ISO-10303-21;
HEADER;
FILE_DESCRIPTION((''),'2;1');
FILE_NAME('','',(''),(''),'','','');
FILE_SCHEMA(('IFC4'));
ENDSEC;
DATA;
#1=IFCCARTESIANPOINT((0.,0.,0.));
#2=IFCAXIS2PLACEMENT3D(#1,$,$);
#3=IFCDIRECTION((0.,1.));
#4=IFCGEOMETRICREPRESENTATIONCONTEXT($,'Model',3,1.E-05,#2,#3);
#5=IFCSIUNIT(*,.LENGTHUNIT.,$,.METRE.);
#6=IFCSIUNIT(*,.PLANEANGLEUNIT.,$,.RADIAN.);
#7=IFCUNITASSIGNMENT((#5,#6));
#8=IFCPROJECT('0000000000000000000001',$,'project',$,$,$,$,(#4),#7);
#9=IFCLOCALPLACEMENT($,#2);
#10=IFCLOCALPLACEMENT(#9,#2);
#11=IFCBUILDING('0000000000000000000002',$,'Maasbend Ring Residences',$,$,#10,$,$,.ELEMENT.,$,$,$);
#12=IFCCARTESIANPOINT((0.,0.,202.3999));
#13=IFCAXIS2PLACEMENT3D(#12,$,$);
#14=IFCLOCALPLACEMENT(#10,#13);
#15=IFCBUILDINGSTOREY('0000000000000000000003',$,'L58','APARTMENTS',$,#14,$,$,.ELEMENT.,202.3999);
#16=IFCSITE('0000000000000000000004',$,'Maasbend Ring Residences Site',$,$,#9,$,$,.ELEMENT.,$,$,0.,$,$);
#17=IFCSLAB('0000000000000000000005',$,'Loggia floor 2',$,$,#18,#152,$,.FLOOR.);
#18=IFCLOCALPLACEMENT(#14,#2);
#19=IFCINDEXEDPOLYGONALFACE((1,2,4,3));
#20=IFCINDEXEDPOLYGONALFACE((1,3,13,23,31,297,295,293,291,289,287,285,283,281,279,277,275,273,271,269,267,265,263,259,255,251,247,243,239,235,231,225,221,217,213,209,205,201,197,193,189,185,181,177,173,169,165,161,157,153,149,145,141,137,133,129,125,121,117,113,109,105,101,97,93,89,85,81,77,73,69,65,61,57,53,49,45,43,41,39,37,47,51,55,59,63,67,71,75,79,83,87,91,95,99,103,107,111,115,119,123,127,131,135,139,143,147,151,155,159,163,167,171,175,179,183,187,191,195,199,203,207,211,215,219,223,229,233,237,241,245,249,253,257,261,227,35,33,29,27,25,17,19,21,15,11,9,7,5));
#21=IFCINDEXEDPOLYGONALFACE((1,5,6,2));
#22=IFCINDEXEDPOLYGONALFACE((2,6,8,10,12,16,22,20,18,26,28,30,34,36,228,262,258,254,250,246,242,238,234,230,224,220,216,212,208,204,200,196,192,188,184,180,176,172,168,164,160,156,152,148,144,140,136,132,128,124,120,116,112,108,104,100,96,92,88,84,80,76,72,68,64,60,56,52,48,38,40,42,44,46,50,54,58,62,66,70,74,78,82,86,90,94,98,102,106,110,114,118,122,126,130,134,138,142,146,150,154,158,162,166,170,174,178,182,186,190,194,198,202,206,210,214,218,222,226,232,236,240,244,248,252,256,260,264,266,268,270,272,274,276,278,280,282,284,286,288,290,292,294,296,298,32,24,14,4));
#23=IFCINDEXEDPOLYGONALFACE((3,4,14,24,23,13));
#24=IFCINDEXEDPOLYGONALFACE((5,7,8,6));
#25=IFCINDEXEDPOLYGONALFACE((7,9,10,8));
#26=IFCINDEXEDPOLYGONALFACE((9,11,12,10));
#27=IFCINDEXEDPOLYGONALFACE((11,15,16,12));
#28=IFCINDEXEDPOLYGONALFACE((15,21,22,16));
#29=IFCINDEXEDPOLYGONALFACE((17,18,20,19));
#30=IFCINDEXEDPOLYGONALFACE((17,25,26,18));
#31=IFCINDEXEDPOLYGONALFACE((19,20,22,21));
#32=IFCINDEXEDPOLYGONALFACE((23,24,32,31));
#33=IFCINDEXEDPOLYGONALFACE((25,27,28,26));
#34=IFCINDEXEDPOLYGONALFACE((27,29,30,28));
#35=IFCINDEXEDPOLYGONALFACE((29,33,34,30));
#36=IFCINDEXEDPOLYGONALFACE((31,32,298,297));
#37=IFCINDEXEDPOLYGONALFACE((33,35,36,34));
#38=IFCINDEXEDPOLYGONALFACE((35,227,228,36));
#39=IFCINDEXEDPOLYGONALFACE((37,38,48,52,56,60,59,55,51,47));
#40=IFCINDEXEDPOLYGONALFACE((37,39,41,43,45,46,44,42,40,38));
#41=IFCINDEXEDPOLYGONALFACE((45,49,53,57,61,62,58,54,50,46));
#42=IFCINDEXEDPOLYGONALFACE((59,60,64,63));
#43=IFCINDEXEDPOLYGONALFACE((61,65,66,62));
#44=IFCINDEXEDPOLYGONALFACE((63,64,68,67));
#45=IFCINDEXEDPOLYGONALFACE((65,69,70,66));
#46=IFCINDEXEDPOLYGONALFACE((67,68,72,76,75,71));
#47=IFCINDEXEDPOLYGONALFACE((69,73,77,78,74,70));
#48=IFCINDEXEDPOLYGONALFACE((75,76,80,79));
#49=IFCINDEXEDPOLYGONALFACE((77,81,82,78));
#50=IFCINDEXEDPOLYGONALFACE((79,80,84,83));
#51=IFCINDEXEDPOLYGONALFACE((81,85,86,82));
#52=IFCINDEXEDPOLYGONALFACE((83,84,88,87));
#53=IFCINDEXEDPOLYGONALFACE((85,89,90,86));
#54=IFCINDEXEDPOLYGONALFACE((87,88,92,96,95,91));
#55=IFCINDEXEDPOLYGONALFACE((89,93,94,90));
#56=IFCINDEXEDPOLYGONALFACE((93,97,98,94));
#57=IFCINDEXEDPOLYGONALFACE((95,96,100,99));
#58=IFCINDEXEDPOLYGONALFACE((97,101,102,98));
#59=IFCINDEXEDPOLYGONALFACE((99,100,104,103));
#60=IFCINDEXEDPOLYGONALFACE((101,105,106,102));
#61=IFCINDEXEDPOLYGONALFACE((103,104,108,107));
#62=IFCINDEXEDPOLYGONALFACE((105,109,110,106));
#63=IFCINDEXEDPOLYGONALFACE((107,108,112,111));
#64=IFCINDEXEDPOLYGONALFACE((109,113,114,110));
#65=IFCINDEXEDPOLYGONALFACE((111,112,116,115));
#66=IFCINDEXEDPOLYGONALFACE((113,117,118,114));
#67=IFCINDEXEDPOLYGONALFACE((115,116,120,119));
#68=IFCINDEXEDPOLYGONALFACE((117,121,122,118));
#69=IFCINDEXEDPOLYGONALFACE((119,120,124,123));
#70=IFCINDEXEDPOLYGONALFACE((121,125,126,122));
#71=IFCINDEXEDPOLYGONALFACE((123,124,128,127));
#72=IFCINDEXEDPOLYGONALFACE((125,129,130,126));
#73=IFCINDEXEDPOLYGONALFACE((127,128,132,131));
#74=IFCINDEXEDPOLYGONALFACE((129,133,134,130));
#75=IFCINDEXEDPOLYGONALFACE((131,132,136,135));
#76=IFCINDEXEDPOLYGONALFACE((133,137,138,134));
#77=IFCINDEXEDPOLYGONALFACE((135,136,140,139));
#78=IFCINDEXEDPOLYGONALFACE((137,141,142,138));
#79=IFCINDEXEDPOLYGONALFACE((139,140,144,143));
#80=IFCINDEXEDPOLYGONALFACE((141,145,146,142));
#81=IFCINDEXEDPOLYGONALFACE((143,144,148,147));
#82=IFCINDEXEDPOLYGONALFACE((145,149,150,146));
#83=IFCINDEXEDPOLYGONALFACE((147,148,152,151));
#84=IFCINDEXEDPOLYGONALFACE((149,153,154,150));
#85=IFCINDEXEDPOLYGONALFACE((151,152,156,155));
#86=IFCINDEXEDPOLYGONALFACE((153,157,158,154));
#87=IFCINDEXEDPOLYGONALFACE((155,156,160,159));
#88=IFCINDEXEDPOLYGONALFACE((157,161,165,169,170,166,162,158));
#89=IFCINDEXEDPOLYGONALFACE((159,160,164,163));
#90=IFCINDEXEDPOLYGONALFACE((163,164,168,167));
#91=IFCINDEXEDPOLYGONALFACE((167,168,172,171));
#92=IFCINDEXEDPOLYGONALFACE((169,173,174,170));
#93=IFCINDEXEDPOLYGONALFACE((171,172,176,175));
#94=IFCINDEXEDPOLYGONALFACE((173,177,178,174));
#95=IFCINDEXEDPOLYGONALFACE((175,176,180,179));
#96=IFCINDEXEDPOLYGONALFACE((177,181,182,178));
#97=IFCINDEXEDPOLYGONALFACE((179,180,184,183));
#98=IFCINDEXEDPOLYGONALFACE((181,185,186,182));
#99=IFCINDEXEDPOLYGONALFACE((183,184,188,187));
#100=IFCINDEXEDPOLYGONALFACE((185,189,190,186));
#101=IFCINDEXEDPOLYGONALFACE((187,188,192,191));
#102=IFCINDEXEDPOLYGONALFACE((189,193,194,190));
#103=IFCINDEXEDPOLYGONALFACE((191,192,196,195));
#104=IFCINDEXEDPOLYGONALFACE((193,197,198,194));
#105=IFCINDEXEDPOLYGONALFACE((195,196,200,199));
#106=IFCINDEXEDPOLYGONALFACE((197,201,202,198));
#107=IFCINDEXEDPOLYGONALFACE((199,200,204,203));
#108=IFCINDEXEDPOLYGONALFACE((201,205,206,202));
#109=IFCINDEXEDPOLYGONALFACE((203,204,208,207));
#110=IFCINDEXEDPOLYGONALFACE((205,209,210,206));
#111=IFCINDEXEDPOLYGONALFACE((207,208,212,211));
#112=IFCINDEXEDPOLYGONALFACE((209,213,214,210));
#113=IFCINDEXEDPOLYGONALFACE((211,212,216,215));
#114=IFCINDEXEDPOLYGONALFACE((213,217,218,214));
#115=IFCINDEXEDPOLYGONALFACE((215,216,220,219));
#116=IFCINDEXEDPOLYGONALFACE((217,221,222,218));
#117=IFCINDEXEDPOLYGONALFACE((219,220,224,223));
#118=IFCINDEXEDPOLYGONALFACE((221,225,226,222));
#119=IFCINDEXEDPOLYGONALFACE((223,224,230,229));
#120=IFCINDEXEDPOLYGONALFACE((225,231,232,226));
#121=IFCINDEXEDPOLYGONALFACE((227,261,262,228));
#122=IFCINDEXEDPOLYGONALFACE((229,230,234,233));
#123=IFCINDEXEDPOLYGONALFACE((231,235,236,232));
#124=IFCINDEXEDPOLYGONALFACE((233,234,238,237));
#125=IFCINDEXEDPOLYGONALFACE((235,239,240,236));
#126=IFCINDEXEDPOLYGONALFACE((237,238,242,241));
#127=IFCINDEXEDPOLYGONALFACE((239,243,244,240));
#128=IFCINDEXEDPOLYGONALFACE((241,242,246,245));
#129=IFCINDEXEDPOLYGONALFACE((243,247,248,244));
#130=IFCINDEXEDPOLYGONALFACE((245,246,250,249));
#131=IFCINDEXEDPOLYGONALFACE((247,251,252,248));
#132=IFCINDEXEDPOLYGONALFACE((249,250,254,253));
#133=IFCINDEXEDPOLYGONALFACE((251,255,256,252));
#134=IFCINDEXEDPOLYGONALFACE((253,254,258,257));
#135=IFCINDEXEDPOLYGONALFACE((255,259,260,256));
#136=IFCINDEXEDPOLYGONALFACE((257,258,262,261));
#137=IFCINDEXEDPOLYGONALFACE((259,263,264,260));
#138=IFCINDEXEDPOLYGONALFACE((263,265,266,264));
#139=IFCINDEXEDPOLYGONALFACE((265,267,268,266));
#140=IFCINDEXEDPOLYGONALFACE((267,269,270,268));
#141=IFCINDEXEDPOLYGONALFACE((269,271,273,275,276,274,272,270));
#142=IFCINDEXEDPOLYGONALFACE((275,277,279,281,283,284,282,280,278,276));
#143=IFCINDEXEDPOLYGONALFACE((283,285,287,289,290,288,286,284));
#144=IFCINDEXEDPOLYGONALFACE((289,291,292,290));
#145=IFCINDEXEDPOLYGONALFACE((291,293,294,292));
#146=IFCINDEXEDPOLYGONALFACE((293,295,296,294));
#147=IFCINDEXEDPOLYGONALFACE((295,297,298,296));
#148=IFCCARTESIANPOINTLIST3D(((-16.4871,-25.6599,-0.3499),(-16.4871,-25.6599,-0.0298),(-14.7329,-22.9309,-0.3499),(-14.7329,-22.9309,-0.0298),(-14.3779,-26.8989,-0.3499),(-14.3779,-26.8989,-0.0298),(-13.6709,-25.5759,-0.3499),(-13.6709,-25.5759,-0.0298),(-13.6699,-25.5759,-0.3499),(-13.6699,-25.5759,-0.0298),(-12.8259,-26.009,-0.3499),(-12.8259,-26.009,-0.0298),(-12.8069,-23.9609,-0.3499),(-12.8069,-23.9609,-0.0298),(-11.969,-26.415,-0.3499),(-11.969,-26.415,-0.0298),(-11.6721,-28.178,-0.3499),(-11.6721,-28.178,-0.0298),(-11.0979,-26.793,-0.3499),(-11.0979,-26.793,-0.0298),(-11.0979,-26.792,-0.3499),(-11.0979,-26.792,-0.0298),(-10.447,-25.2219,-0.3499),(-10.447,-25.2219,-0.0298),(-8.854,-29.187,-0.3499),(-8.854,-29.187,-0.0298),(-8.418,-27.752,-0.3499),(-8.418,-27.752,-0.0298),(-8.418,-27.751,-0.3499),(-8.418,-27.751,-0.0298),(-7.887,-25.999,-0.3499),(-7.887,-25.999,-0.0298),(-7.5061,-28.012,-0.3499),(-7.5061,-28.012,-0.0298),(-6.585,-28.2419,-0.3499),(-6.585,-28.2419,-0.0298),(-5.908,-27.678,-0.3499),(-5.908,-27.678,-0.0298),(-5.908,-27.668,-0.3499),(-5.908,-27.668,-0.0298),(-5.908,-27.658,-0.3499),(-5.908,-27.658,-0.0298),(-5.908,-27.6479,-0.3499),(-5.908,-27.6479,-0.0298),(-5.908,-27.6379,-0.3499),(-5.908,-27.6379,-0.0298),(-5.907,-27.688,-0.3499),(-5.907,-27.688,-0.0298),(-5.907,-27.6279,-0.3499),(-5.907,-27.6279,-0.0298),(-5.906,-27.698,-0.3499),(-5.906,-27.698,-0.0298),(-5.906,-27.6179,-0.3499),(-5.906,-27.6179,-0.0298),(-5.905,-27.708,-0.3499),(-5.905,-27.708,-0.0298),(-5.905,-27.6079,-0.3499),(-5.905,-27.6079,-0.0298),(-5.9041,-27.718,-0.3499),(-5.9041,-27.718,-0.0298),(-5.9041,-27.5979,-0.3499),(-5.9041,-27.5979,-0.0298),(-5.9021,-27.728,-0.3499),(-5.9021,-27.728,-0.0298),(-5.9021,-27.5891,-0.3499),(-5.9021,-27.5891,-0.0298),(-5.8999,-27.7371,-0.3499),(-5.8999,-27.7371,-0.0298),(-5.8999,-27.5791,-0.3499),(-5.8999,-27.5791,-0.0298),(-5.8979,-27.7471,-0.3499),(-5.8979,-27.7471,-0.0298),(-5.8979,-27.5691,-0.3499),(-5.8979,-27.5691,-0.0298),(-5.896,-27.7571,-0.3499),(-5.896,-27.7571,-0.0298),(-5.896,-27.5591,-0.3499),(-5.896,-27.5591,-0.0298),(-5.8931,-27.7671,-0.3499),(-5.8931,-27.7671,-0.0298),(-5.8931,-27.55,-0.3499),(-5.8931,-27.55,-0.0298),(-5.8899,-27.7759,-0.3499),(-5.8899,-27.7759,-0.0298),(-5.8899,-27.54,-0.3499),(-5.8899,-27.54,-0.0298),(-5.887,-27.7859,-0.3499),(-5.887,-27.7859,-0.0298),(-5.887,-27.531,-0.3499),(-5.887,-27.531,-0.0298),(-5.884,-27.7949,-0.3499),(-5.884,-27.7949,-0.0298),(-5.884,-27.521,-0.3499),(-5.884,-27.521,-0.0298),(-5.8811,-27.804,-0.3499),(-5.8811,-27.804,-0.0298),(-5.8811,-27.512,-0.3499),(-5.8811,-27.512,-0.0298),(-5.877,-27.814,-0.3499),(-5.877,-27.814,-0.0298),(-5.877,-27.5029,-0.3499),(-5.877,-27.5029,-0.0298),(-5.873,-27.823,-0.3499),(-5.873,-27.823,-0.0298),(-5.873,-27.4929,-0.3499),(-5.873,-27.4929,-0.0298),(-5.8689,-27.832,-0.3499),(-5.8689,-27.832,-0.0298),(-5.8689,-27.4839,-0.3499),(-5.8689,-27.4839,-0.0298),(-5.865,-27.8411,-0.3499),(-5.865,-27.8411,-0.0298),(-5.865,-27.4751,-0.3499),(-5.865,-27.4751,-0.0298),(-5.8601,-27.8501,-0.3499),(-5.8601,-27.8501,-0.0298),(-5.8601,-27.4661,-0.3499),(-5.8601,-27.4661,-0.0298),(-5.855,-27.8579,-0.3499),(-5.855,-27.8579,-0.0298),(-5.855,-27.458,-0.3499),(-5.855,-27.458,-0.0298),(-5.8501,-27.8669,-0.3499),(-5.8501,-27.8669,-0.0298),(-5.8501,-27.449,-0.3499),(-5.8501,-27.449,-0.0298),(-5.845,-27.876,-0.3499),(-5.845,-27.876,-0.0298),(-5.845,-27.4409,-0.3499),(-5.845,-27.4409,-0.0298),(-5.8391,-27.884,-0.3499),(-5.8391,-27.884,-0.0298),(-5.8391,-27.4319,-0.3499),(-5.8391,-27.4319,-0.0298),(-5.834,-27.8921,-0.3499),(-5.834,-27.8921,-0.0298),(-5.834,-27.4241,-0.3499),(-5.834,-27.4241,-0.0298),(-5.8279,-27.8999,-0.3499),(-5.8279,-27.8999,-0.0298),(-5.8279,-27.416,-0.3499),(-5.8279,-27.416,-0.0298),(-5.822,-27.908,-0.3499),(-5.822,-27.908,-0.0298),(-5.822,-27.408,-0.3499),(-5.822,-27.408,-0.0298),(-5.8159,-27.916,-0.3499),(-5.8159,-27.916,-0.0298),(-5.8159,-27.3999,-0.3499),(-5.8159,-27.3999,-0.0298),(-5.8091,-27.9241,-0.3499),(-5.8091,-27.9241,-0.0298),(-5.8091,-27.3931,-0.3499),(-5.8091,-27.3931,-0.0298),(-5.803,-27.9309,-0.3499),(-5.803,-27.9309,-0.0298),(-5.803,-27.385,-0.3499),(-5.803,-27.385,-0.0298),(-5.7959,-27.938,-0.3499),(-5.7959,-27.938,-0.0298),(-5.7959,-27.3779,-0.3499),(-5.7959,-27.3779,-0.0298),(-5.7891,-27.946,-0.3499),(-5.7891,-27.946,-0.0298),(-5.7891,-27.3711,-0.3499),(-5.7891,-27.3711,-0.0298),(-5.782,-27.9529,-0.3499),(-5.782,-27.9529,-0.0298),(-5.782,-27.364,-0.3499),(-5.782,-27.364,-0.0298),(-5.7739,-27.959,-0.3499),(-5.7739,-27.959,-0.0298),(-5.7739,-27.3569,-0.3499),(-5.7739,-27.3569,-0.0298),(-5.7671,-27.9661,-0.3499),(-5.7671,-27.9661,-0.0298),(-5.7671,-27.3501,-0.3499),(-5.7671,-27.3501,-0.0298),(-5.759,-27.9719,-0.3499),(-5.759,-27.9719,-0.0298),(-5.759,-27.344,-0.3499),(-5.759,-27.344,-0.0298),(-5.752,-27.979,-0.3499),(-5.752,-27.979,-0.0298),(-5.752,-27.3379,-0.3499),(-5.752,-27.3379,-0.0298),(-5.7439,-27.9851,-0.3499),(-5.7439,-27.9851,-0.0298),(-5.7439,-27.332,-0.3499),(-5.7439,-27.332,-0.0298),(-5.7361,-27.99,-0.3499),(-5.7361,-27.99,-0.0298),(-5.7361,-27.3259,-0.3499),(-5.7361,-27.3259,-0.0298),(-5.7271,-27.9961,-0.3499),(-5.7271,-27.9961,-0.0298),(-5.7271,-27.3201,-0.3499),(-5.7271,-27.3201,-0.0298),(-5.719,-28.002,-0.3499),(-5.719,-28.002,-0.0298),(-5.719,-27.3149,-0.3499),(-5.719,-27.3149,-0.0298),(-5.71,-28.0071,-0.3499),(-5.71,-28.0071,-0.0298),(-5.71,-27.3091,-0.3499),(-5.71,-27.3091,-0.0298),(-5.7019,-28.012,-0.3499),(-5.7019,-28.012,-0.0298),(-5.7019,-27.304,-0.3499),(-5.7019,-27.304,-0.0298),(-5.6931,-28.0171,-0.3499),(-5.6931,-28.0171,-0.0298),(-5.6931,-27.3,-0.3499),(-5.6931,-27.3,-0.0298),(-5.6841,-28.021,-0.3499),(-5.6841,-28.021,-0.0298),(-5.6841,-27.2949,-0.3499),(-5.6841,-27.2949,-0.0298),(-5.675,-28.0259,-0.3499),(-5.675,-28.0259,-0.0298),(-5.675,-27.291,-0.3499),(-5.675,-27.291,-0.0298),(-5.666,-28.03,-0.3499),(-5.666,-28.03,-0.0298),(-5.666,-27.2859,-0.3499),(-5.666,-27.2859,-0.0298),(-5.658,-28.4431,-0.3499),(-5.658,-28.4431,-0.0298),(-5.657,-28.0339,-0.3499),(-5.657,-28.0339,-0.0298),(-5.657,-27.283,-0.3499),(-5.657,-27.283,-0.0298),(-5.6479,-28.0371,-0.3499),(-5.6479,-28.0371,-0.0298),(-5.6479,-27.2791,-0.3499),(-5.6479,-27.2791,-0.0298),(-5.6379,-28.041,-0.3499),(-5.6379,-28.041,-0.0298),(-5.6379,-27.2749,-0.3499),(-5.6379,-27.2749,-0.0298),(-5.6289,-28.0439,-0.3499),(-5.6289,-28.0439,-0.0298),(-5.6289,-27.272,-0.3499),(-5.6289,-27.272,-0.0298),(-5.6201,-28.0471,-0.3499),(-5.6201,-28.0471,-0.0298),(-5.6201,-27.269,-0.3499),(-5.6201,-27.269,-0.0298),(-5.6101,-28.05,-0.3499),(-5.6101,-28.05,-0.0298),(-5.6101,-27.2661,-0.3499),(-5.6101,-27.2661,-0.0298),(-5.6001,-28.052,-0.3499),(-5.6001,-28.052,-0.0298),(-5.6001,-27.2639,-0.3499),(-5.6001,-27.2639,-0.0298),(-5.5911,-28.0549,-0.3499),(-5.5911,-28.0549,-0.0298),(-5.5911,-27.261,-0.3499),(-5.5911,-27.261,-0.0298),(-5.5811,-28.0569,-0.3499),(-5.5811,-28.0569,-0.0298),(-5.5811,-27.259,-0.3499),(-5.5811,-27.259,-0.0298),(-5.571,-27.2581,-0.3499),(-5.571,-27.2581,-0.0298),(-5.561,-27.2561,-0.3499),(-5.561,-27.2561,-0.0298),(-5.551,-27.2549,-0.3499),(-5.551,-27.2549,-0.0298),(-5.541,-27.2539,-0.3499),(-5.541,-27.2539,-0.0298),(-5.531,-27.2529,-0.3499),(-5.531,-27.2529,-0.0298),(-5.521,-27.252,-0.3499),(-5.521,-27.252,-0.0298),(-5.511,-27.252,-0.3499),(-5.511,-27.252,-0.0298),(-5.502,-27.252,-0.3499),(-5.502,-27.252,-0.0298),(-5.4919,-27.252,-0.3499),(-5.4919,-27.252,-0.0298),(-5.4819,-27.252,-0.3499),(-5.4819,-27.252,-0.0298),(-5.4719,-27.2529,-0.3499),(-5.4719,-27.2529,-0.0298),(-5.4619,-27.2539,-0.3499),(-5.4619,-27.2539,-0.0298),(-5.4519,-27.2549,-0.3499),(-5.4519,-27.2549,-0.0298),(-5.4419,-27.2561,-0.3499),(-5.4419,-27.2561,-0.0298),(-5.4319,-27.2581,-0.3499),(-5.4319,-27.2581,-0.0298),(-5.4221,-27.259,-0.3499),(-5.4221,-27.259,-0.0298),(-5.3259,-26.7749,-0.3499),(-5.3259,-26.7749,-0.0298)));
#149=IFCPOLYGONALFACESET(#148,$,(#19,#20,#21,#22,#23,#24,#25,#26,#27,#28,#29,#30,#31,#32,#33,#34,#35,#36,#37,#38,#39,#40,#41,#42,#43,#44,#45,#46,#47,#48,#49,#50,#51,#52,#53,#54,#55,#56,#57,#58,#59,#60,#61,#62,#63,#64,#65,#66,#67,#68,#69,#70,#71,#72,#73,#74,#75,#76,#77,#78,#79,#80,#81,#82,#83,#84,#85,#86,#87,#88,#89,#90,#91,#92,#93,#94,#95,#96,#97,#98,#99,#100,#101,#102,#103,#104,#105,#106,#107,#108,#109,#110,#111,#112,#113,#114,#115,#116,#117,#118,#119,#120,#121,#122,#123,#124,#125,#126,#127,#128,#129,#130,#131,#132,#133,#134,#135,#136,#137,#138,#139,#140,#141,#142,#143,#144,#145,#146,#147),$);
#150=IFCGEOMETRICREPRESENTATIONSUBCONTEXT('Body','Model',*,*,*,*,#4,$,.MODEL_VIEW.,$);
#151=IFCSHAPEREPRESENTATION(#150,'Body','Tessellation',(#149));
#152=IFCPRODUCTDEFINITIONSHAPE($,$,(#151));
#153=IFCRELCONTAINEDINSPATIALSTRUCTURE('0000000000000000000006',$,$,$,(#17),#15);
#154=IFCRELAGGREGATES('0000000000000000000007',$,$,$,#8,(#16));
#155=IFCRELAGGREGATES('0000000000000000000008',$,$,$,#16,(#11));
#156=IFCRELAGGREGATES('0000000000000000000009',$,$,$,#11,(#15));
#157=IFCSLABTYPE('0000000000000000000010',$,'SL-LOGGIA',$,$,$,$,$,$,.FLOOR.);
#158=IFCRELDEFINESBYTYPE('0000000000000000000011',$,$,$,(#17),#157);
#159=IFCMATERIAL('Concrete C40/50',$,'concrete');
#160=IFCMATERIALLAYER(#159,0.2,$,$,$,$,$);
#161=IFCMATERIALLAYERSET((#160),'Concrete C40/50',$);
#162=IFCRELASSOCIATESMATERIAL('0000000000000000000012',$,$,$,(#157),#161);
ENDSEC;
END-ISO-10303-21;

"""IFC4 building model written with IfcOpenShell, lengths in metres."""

from ifc_helpers import new_model, si_unit, direction, frame, origin, place, context, subcontext, project, spatial, polyline, outline, extrude, material, layer, layer_set, type_object, element, save


model = new_model("IFC4")

# Units and contexts
model_context = context("Model", 3, precision=1e-05, world=origin(), true_north=direction((0.0, 1.0)))
body_context = subcontext(model_context, "Body", "Model", "MODEL_VIEW")
ifc_project = project(units=[si_unit("LENGTHUNIT", "METRE"), si_unit("PLANEANGLEUNIT", "RADIAN")], contexts=[model_context])

# Site, building, storey
site_placement = place(None, origin())
site = spatial("IfcSite", under=ifc_project, at=site_placement, Name="Maasbend Ring Residences Site", CompositionType="ELEMENT", RefElevation=0.0)
building_placement = place(site_placement, origin())
building = spatial("IfcBuilding", under=site, at=building_placement, Name="Maasbend Ring Residences", CompositionType="ELEMENT")
storey_placement = place(building_placement, frame((0.0, 0.0, 202.3999)))
storey = spatial("IfcBuildingStorey", under=building, at=storey_placement, Name="L58", Description="APARTMENTS", CompositionType="ELEMENT", Elevation=202.3999)

# Slab
ifc_material_1 = material(Name="Concrete C40/50", Category="concrete")
ifc_layer_1 = layer(ifc_material_1, 0.2)
ifc_layer_set_1 = layer_set([ifc_layer_1], Name="Concrete C40/50")
slab_type_1 = type_object("IfcSlabType", Name="SL-LOGGIA", PredefinedType="FLOOR", material=ifc_layer_set_1)
slab_1_placement = place(storey_placement, frame((0.0, 0.0, -0.3499)))
element("IfcSlab", 1, at=slab_1_placement, inside=storey, type_object=slab_type_1, Name="Loggia floor 2", PredefinedType="FLOOR", context=body_context, shape_type="SweptSolid", body=[
    extrude(outline(polyline([(-12.8069, -23.9609), (-10.447, -25.2219), (-10.447, -25.2219), (-10.447, -25.2219), (-7.887, -25.999), (-5.3259, -26.7749), (-5.3259, -26.7749), (-5.3259, -26.7749), (-5.4221, -27.259), (-5.4319, -27.2581), (-5.4419, -27.2561), (-5.4519, -27.2549), (-5.4619, -27.2539), (-5.4719, -27.2529), (-5.4819, -27.252), (-5.4919, -27.252), (-5.502, -27.252), (-5.511, -27.252), (-5.521, -27.252), (-5.531, -27.2529), (-5.541, -27.2539), (-5.551, -27.2549), (-5.561, -27.2561), (-5.571, -27.2581), (-5.5811, -27.259), (-5.5911, -27.261), (-5.6001, -27.2639), (-5.6101, -27.2661), (-5.6201, -27.269), (-5.6289, -27.272), (-5.6379, -27.2749), (-5.6479, -27.2791), (-5.657, -27.283), (-5.666, -27.2859), (-5.675, -27.291), (-5.6841, -27.2949), (-5.6931, -27.3), (-5.7019, -27.304), (-5.71, -27.3091), (-5.719, -27.3149), (-5.7271, -27.3201), (-5.7361, -27.3259), (-5.7439, -27.332), (-5.752, -27.3379), (-5.759, -27.344), (-5.7671, -27.3501), (-5.7739, -27.3569), (-5.782, -27.364), (-5.7891, -27.3711), (-5.7959, -27.3779), (-5.803, -27.385), (-5.8091, -27.3931), (-5.8159, -27.3999), (-5.822, -27.408), (-5.8279, -27.416), (-5.834, -27.4241), (-5.8391, -27.4319), (-5.845, -27.4409), (-5.8501, -27.449), (-5.855, -27.458), (-5.8601, -27.4661), (-5.865, -27.4751), (-5.8689, -27.4839), (-5.873, -27.4929), (-5.877, -27.5029), (-5.8811, -27.512), (-5.884, -27.521), (-5.887, -27.531), (-5.8899, -27.54), (-5.8931, -27.55), (-5.896, -27.5591), (-5.8979, -27.5691), (-5.8999, -27.5791), (-5.9021, -27.5891), (-5.9041, -27.5979), (-5.905, -27.6079), (-5.906, -27.6179), (-5.907, -27.6279), (-5.908, -27.6379), (-5.908, -27.6479), (-5.908, -27.658), (-5.908, -27.668), (-5.908, -27.678), (-5.907, -27.688), (-5.906, -27.698), (-5.905, -27.708), (-5.9041, -27.718), (-5.9021, -27.728), (-5.8999, -27.7371), (-5.8979, -27.7471), (-5.896, -27.7571), (-5.8931, -27.7671), (-5.8899, -27.7759), (-5.887, -27.7859), (-5.884, -27.7949), (-5.8811, -27.804), (-5.877, -27.814), (-5.873, -27.823), (-5.8689, -27.832), (-5.865, -27.8411), (-5.8601, -27.8501), (-5.855, -27.8579), (-5.8501, -27.8669), (-5.845, -27.876), (-5.8391, -27.884), (-5.834, -27.8921), (-5.8279, -27.8999), (-5.822, -27.908), (-5.8159, -27.916), (-5.8091, -27.9241), (-5.803, -27.9309), (-5.7959, -27.938), (-5.7891, -27.946), (-5.782, -27.9529), (-5.7739, -27.959), (-5.7671, -27.9661), (-5.759, -27.9719), (-5.752, -27.979), (-5.7439, -27.9851), (-5.7361, -27.99), (-5.7271, -27.9961), (-5.719, -28.002), (-5.71, -28.0071), (-5.7019, -28.012), (-5.6931, -28.0171), (-5.6841, -28.021), (-5.675, -28.0259), (-5.666, -28.03), (-5.657, -28.0339), (-5.6479, -28.0371), (-5.6379, -28.041), (-5.6289, -28.0439), (-5.6201, -28.0471), (-5.6101, -28.05), (-5.6001, -28.052), (-5.5911, -28.0549), (-5.5811, -28.0569), (-5.658, -28.4431), (-5.658, -28.4431), (-5.658, -28.4431), (-6.585, -28.2419), (-6.585, -28.2419), (-7.5061, -28.012), (-7.5061, -28.012), (-8.418, -27.751), (-8.418, -27.751), (-8.418, -27.751), (-8.418, -27.751), (-8.418, -27.751), (-8.418, -27.751), (-8.418, -27.751), (-8.418, -27.751), (-8.418, -27.751), (-8.418, -27.751), (-8.418, -27.752), (-8.418, -27.752), (-8.418, -27.752), (-8.418, -27.752), (-8.418, -27.752), (-8.418, -27.752), (-8.418, -27.752), (-8.854, -29.187), (-8.854, -29.187), (-8.854, -29.187), (-11.6721, -28.178), (-11.6721, -28.178), (-11.6721, -28.178), (-11.0979, -26.793), (-11.0979, -26.793), (-11.0979, -26.793), (-11.0979, -26.793), (-11.0979, -26.793), (-11.0979, -26.793), (-11.0979, -26.793), (-11.0979, -26.793), (-11.0979, -26.793), (-11.0979, -26.793), (-11.0979, -26.792), (-11.0979, -26.792), (-11.0979, -26.792), (-11.0979, -26.792), (-11.0979, -26.792), (-11.0979, -26.792), (-11.0979, -26.792), (-11.969, -26.415), (-11.969, -26.415), (-12.8259, -26.009), (-12.8259, -26.009), (-13.6699, -25.5759), (-13.6699, -25.5759), (-13.6699, -25.5759), (-13.6699, -25.5759), (-13.6699, -25.5759), (-13.6699, -25.5759), (-13.6699, -25.5759), (-13.6699, -25.5759), (-13.6699, -25.5759), (-13.6699, -25.5759), (-13.6709, -25.5759), (-13.6709, -25.5759), (-13.6709, -25.5759), (-13.6709, -25.5759), (-13.6709, -25.5759), (-13.6709, -25.5759), (-13.6709, -25.5759), (-14.3779, -26.8989), (-14.3779, -26.8989), (-14.3779, -26.8989), (-16.4871, -25.6599), (-16.4871, -25.6599), (-16.4871, -25.6599), (-14.7329, -22.9309), (-14.7329, -22.9309), (-14.7329, -22.9309), (-12.8069, -23.9609)])), origin(), (0.0, 0.0, 1.0), 0.3201),
])

save(model, "model.ifc")
